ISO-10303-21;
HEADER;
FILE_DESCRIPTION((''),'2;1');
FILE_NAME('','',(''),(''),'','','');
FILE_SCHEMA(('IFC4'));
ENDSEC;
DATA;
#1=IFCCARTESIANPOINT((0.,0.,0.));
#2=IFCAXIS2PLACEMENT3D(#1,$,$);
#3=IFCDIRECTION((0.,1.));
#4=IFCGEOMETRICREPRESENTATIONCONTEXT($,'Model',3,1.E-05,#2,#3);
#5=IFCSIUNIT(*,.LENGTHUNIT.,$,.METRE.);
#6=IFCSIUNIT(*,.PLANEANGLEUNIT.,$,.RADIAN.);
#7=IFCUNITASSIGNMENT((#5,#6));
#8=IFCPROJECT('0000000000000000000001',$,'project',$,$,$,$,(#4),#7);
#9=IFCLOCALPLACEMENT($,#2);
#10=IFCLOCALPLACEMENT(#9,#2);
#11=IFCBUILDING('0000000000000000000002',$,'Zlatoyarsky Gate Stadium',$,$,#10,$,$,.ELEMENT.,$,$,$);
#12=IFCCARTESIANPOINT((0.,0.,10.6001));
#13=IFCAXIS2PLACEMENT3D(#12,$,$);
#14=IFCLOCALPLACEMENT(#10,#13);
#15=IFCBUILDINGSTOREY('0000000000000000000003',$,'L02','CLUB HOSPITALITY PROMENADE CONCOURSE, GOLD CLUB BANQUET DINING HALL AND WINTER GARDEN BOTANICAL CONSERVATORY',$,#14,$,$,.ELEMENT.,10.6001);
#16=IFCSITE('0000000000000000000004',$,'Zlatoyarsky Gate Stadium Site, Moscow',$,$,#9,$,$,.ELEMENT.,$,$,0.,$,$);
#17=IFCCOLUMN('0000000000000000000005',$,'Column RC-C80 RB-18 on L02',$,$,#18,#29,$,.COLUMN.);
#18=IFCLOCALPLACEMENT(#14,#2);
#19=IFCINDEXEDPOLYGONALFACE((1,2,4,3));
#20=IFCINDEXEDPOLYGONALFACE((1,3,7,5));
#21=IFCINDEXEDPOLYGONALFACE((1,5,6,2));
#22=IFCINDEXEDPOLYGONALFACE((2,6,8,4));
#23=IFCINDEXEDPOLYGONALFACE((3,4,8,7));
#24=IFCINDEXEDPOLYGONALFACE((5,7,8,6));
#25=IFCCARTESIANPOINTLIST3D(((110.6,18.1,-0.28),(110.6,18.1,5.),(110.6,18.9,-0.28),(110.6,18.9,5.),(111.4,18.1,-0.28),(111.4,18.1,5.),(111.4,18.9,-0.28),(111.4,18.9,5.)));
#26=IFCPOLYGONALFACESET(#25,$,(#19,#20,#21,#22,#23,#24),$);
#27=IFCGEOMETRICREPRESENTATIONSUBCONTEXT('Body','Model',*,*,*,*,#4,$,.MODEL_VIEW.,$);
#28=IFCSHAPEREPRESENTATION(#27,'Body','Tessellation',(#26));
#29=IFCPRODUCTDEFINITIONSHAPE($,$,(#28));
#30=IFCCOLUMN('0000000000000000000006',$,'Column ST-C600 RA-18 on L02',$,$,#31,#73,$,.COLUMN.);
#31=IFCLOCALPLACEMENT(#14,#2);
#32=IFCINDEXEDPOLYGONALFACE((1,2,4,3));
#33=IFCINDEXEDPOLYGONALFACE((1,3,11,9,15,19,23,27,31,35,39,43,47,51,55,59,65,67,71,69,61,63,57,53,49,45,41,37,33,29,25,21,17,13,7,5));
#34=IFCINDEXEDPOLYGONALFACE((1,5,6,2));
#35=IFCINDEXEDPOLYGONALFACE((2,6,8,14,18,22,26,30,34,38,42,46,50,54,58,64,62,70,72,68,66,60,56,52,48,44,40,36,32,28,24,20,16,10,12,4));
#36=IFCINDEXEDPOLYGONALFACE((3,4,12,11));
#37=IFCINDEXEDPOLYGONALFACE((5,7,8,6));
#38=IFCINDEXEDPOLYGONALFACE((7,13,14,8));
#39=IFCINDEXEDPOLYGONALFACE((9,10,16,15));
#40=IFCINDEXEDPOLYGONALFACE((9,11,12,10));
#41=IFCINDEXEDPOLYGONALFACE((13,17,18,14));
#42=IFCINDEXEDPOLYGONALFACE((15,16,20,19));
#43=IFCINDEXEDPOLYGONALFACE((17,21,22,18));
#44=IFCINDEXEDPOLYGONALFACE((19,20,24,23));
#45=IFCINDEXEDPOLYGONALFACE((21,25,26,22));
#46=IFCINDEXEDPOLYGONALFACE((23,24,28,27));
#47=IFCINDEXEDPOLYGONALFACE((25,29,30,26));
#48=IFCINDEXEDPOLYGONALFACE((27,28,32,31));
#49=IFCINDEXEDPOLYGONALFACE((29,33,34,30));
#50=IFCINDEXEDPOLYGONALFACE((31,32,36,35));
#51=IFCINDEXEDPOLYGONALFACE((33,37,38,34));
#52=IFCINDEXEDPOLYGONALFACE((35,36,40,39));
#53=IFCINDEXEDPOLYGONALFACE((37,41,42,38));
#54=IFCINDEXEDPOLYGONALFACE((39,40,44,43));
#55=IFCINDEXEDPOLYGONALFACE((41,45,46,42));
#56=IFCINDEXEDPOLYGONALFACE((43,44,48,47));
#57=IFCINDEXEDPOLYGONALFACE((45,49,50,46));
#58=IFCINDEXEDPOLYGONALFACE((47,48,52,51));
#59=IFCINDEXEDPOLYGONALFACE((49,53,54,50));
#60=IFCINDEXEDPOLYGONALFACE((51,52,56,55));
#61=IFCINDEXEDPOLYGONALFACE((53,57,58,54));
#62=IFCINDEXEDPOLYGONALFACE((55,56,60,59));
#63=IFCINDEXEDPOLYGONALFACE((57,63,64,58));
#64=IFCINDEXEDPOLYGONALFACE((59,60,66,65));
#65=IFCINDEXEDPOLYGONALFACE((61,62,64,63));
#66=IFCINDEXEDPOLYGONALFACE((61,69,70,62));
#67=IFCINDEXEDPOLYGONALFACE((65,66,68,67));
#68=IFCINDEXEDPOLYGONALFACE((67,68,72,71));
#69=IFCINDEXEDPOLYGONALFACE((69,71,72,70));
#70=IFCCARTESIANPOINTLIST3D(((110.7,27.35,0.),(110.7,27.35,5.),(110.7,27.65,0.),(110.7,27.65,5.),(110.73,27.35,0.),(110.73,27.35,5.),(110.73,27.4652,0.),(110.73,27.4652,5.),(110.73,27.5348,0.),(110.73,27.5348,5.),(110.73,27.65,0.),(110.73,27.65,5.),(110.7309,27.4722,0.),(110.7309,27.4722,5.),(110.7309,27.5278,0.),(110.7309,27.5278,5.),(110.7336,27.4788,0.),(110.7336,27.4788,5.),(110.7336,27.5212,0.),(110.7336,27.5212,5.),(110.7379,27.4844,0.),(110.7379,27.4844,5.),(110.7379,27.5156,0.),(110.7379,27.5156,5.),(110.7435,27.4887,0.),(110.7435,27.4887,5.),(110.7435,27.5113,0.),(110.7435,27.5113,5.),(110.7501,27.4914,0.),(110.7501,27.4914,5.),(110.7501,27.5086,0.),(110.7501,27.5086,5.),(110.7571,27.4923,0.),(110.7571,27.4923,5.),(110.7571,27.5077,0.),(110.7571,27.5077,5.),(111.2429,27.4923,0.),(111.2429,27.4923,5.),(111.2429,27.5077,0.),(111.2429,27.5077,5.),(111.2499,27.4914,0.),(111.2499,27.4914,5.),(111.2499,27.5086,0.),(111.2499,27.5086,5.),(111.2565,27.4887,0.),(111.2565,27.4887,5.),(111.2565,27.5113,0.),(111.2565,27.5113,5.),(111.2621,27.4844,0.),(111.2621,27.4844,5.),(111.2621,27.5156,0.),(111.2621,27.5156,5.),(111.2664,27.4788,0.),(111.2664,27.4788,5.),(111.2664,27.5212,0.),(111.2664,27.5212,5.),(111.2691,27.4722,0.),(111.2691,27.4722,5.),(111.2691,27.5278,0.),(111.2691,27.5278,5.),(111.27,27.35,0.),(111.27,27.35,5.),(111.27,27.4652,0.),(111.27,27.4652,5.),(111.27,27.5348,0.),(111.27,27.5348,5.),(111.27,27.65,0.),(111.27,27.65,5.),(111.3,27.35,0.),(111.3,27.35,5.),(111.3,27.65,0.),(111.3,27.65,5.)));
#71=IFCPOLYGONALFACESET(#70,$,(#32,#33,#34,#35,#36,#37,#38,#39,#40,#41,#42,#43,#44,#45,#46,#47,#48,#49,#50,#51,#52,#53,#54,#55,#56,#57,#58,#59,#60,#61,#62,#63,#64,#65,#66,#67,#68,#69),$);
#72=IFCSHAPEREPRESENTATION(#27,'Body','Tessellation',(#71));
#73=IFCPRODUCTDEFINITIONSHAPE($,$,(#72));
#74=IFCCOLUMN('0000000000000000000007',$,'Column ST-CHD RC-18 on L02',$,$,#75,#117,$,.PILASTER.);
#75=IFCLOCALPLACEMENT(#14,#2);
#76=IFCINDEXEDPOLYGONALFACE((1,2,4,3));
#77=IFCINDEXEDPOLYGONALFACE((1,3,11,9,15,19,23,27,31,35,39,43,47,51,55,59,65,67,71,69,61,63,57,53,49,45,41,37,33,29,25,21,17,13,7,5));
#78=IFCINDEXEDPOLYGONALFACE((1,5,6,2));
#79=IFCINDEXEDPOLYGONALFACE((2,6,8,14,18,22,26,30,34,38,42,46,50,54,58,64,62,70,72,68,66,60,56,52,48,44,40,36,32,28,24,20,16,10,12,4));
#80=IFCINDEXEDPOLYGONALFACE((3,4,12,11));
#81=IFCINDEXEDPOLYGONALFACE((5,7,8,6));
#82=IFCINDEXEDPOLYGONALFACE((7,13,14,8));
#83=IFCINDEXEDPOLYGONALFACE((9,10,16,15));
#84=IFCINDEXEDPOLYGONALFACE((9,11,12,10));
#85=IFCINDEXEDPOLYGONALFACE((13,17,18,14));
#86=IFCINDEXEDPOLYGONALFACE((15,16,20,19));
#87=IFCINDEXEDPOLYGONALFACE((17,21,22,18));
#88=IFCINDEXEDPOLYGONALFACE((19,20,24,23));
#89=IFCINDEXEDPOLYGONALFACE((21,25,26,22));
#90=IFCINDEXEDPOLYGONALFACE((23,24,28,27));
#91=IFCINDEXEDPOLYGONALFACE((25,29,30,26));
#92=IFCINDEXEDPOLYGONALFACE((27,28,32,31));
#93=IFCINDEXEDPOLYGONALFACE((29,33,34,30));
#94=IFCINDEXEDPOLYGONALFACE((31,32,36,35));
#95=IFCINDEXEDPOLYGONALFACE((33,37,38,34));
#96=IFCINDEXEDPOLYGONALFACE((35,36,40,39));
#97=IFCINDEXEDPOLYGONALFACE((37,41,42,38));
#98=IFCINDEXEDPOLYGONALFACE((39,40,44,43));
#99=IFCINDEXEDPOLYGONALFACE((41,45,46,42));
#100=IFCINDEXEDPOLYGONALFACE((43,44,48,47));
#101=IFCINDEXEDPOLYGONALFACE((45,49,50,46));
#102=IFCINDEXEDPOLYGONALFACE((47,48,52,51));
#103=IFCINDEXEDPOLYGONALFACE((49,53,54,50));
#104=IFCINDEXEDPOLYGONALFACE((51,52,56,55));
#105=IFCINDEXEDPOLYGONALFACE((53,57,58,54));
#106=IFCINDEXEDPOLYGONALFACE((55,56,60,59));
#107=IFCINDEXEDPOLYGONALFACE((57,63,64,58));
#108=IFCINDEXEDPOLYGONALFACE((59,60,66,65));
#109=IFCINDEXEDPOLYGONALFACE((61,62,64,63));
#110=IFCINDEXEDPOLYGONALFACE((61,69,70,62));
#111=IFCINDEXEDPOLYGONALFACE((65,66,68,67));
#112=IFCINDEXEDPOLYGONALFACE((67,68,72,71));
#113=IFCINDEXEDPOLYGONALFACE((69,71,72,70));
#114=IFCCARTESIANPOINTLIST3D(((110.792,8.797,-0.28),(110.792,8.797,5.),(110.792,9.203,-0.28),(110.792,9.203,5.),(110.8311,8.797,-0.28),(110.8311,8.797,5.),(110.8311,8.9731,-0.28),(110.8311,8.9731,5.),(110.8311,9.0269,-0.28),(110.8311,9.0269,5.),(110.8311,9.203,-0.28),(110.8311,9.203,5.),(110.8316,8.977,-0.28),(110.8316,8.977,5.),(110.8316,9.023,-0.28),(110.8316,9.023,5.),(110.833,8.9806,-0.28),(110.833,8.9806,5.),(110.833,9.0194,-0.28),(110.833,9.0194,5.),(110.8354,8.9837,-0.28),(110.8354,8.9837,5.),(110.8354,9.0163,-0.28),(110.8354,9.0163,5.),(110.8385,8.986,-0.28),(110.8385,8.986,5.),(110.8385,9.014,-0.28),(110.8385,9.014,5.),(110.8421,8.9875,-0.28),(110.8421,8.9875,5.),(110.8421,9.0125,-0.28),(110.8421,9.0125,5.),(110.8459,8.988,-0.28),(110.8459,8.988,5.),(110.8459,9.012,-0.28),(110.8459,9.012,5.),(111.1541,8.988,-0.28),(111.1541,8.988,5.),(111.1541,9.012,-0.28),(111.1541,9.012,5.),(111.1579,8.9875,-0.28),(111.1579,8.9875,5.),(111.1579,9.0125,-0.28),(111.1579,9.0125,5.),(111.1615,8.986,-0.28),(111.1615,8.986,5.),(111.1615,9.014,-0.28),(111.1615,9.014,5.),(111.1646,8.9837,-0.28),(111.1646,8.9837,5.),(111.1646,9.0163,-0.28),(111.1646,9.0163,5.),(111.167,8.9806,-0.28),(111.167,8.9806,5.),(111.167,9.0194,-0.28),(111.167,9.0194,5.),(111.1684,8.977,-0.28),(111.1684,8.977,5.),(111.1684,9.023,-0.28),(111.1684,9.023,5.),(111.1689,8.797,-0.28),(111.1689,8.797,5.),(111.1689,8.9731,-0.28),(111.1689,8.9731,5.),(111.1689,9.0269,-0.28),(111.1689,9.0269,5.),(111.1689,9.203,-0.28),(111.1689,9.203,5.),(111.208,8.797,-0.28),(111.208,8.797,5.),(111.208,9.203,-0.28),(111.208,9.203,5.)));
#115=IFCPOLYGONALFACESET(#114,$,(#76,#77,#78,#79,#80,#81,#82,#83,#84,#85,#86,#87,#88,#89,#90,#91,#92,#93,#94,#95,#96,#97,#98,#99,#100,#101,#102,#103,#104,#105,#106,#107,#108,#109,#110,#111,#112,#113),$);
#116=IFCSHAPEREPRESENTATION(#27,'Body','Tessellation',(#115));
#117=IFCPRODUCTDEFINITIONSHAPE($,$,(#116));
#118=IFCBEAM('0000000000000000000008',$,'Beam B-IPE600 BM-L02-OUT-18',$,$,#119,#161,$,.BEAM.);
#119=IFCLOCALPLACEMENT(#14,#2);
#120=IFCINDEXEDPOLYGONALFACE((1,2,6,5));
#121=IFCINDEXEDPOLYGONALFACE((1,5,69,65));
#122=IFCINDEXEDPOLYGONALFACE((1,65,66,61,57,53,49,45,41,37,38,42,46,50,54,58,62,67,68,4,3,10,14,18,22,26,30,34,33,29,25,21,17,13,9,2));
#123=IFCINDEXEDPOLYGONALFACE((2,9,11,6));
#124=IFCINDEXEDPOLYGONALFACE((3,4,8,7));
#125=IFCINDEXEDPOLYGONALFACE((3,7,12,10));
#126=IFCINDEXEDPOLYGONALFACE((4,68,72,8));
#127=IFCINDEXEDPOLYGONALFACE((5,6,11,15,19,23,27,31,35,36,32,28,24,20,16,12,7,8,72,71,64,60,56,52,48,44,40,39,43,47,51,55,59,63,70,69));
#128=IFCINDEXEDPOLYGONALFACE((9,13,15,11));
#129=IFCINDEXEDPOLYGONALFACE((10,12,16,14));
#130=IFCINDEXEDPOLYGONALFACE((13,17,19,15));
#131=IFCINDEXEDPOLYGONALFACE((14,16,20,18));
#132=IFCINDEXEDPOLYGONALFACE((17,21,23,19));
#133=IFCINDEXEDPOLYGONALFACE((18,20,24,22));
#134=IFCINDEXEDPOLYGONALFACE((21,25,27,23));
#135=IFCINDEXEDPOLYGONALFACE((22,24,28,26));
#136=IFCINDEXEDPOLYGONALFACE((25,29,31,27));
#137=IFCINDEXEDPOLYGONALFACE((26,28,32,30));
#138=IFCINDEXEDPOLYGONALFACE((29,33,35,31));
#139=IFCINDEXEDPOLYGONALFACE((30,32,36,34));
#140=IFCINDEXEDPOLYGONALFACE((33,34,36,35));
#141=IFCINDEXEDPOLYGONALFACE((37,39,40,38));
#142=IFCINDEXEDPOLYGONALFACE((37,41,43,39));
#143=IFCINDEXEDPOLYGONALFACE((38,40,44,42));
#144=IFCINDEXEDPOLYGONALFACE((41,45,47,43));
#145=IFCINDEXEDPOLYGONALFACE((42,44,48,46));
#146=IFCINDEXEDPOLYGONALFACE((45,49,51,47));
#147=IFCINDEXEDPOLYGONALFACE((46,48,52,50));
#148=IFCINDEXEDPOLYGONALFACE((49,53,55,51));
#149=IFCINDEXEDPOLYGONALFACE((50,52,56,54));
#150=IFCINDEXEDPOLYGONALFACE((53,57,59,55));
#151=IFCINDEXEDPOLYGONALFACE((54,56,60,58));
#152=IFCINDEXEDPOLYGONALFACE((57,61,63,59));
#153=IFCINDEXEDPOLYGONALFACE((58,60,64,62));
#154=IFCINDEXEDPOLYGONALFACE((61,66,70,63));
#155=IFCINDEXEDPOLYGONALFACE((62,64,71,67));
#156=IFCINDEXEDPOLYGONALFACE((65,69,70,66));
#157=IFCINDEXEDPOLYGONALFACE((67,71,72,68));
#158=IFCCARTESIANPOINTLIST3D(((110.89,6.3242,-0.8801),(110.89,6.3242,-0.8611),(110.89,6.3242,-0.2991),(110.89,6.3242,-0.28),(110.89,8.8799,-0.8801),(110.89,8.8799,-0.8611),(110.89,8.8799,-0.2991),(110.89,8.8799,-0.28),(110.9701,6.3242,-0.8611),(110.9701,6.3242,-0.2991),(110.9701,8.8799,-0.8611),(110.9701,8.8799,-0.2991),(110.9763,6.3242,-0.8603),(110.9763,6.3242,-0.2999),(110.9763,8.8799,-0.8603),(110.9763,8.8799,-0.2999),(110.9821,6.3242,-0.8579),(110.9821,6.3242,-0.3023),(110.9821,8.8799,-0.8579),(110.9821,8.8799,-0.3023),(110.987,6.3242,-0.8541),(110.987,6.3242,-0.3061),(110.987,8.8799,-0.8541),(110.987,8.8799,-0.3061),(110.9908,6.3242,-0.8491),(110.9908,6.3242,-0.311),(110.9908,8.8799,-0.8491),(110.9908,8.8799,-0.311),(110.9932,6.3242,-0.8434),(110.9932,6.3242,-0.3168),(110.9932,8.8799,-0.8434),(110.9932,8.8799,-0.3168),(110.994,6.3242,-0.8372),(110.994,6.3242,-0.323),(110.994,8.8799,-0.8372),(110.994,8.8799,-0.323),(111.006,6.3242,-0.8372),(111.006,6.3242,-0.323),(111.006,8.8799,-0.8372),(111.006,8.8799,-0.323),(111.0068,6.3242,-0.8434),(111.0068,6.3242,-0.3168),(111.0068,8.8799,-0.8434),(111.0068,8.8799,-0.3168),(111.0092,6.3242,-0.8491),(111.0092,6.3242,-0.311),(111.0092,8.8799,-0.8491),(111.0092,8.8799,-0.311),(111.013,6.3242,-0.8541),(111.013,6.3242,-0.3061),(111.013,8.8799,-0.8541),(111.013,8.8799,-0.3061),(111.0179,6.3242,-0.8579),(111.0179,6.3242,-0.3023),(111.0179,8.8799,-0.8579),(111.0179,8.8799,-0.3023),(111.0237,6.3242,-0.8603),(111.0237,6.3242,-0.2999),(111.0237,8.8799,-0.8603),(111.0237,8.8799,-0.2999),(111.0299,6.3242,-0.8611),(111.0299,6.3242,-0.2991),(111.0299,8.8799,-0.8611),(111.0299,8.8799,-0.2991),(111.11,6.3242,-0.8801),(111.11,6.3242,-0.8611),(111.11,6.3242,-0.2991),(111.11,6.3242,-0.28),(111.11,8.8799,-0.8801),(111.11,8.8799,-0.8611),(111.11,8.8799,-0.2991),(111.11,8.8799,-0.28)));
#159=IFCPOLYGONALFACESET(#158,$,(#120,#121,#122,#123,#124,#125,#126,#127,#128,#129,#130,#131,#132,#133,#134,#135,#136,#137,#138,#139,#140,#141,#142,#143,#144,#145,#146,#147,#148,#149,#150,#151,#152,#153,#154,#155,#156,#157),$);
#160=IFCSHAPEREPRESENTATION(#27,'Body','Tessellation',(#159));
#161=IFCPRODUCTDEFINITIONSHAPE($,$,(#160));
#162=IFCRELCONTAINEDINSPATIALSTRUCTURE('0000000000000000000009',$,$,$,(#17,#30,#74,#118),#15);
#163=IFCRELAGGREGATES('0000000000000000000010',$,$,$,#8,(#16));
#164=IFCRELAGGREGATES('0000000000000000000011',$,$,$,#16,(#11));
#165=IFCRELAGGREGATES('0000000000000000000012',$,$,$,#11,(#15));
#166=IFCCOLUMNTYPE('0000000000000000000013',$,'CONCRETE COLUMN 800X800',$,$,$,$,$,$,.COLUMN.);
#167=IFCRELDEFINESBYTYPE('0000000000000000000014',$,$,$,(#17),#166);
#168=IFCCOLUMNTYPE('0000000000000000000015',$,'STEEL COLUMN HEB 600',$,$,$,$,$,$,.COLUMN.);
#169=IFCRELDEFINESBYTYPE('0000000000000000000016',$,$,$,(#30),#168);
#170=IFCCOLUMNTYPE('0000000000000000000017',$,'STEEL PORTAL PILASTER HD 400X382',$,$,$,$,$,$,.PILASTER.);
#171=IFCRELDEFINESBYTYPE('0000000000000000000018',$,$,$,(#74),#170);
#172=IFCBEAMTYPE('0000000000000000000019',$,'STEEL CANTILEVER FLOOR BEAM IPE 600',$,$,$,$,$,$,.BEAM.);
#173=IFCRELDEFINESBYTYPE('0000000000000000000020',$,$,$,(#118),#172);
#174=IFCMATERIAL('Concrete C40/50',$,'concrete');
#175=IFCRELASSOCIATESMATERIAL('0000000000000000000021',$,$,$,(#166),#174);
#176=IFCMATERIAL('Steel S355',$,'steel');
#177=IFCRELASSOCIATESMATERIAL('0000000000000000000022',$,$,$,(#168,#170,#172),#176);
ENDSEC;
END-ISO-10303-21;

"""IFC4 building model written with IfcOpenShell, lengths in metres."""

from ifc_helpers import new_model, si_unit, direction, frame, origin, origin_2d, place, context, subcontext, project, spatial, rectangle, i_section, extrude, material, material_profile, profile_set, type_object, element, save


model = new_model("IFC4")

# Units and contexts
model_context = context("Model", 3, precision=1e-05, world=origin(), true_north=direction((0.0, 1.0)))
body_context = subcontext(model_context, "Body", "Model", "MODEL_VIEW")
ifc_project = project(units=[si_unit("LENGTHUNIT", "METRE"), si_unit("PLANEANGLEUNIT", "RADIAN")], contexts=[model_context])

# Site, building, storey
site_placement = place(None, origin())
site = spatial("IfcSite", under=ifc_project, at=site_placement, Name="Zlatoyarsky Gate Stadium Site, Moscow", CompositionType="ELEMENT", RefElevation=0.0)
building_placement = place(site_placement, origin())
building = spatial("IfcBuilding", under=site, at=building_placement, Name="Zlatoyarsky Gate Stadium", CompositionType="ELEMENT")
storey_placement = place(building_placement, frame((0.0, 0.0, 10.6001)))
storey = spatial("IfcBuildingStorey", under=building, at=storey_placement, Name="L02", Description="CLUB HOSPITALITY PROMENADE CONCOURSE, GOLD CLUB BANQUET DINING HALL AND WINTER GARDEN BOTANICAL CONSERVATORY", CompositionType="ELEMENT", Elevation=10.6001)

# Columns
ifc_material_1 = material(Name="Concrete C40/50", Category="concrete")
ifc_material_profile_1 = material_profile(ifc_material_1, rectangle(XDim=0.8, YDim=0.8, at=origin_2d()), Name="RC COL 800X800")
ifc_profile_set_1 = profile_set([ifc_material_profile_1], Name="Concrete C40/50")
column_type_1 = type_object("IfcColumnType", Name="CONCRETE COLUMN 800X800", PredefinedType="COLUMN", material=ifc_profile_set_1)
column_1_placement = place(storey_placement, frame((111.0, 18.5, -0.28), z_axis=(0.0, 0.0, 1.0), x_axis=(0.0, -1.0, 0.0)))
element("IfcColumn", 1, at=column_1_placement, inside=storey, type_object=column_type_1, Name="Column RC-C80 RB-18 on L02", PredefinedType="COLUMN", context=body_context, shape_type="SweptSolid", body=[
    extrude(rectangle(XDim=0.8, YDim=0.8, at=origin_2d()), origin(), (0.0, 0.0, 1.0), 5.28),
])
ifc_material_2 = material(Name="Steel S355", Category="steel")
ifc_material_profile_2 = material_profile(ifc_material_2, i_section(OverallWidth=0.3, OverallDepth=0.6001, WebThickness=0.0154, FlangeThickness=0.03, FilletRadius=0.0271, at=origin_2d()), Name="HEB 600")
ifc_profile_set_2 = profile_set([ifc_material_profile_2], Name="Steel S355")
column_type_2 = type_object("IfcColumnType", Name="STEEL COLUMN HEB 600", PredefinedType="COLUMN", material=ifc_profile_set_2)
column_2_placement = place(storey_placement, frame((111.0, 27.5, 0.0), z_axis=(0.0, 0.0, 1.0), x_axis=(0.0, -1.0, 0.0)))
element("IfcColumn", 2, at=column_2_placement, inside=storey, type_object=column_type_2, Name="Column ST-C600 RA-18 on L02", PredefinedType="COLUMN", context=body_context, shape_type="SweptSolid", body=[
    extrude(i_section(OverallWidth=0.3, OverallDepth=0.6001, WebThickness=0.0154, FlangeThickness=0.03, FilletRadius=0.0271, at=origin_2d()), origin(), (0.0, 0.0, 1.0), 5.0),
])
ifc_material_profile_3 = material_profile(ifc_material_2, i_section(OverallWidth=0.406, OverallDepth=0.416, WebThickness=0.0239, FlangeThickness=0.0391, FilletRadius=0.0149, at=origin_2d()), Name="HD 400X382")
ifc_profile_set_3 = profile_set([ifc_material_profile_3], Name="Steel S355")
column_type_3 = type_object("IfcColumnType", Name="STEEL PORTAL PILASTER HD 400X382", PredefinedType="PILASTER", material=ifc_profile_set_3)
column_3_placement = place(storey_placement, frame((111.0, 9.0, -0.28), z_axis=(0.0, 0.0, 1.0), x_axis=(0.0, -1.0, 0.0)))
element("IfcColumn", 3, at=column_3_placement, inside=storey, type_object=column_type_3, Name="Column ST-CHD RC-18 on L02", PredefinedType="PILASTER", context=body_context, shape_type="SweptSolid", body=[
    extrude(i_section(OverallWidth=0.406, OverallDepth=0.416, WebThickness=0.0239, FlangeThickness=0.0391, FilletRadius=0.0149, at=origin_2d()), origin(), (0.0, 0.0, 1.0), 5.28),
])

# Beam
ifc_material_profile_4 = material_profile(ifc_material_2, i_section(OverallWidth=0.22, OverallDepth=0.6001, WebThickness=0.012, FlangeThickness=0.019, FilletRadius=0.0239, at=origin_2d()), Name="IPE 600")
ifc_profile_set_4 = profile_set([ifc_material_profile_4], Name="Steel S355")
beam_type_1 = type_object("IfcBeamType", Name="STEEL CANTILEVER FLOOR BEAM IPE 600", PredefinedType="BEAM", material=ifc_profile_set_4)
beam_1_placement = place(storey_placement, frame((111.0, 8.8799, -0.5801), z_axis=(0.0, -1.0, 0.0), x_axis=(1.0, 0.0, 0.0)))
element("IfcBeam", 4, at=beam_1_placement, inside=storey, type_object=beam_type_1, Name="Beam B-IPE600 BM-L02-OUT-18", PredefinedType="BEAM", context=body_context, shape_type="SweptSolid", body=[
    extrude(i_section(OverallWidth=0.22, OverallDepth=0.6001, WebThickness=0.012, FlangeThickness=0.019, FilletRadius=0.0239, at=origin_2d()), origin(), (0.0, 0.0, 1.0), 2.5557),
])

save(model, "model.ifc")
